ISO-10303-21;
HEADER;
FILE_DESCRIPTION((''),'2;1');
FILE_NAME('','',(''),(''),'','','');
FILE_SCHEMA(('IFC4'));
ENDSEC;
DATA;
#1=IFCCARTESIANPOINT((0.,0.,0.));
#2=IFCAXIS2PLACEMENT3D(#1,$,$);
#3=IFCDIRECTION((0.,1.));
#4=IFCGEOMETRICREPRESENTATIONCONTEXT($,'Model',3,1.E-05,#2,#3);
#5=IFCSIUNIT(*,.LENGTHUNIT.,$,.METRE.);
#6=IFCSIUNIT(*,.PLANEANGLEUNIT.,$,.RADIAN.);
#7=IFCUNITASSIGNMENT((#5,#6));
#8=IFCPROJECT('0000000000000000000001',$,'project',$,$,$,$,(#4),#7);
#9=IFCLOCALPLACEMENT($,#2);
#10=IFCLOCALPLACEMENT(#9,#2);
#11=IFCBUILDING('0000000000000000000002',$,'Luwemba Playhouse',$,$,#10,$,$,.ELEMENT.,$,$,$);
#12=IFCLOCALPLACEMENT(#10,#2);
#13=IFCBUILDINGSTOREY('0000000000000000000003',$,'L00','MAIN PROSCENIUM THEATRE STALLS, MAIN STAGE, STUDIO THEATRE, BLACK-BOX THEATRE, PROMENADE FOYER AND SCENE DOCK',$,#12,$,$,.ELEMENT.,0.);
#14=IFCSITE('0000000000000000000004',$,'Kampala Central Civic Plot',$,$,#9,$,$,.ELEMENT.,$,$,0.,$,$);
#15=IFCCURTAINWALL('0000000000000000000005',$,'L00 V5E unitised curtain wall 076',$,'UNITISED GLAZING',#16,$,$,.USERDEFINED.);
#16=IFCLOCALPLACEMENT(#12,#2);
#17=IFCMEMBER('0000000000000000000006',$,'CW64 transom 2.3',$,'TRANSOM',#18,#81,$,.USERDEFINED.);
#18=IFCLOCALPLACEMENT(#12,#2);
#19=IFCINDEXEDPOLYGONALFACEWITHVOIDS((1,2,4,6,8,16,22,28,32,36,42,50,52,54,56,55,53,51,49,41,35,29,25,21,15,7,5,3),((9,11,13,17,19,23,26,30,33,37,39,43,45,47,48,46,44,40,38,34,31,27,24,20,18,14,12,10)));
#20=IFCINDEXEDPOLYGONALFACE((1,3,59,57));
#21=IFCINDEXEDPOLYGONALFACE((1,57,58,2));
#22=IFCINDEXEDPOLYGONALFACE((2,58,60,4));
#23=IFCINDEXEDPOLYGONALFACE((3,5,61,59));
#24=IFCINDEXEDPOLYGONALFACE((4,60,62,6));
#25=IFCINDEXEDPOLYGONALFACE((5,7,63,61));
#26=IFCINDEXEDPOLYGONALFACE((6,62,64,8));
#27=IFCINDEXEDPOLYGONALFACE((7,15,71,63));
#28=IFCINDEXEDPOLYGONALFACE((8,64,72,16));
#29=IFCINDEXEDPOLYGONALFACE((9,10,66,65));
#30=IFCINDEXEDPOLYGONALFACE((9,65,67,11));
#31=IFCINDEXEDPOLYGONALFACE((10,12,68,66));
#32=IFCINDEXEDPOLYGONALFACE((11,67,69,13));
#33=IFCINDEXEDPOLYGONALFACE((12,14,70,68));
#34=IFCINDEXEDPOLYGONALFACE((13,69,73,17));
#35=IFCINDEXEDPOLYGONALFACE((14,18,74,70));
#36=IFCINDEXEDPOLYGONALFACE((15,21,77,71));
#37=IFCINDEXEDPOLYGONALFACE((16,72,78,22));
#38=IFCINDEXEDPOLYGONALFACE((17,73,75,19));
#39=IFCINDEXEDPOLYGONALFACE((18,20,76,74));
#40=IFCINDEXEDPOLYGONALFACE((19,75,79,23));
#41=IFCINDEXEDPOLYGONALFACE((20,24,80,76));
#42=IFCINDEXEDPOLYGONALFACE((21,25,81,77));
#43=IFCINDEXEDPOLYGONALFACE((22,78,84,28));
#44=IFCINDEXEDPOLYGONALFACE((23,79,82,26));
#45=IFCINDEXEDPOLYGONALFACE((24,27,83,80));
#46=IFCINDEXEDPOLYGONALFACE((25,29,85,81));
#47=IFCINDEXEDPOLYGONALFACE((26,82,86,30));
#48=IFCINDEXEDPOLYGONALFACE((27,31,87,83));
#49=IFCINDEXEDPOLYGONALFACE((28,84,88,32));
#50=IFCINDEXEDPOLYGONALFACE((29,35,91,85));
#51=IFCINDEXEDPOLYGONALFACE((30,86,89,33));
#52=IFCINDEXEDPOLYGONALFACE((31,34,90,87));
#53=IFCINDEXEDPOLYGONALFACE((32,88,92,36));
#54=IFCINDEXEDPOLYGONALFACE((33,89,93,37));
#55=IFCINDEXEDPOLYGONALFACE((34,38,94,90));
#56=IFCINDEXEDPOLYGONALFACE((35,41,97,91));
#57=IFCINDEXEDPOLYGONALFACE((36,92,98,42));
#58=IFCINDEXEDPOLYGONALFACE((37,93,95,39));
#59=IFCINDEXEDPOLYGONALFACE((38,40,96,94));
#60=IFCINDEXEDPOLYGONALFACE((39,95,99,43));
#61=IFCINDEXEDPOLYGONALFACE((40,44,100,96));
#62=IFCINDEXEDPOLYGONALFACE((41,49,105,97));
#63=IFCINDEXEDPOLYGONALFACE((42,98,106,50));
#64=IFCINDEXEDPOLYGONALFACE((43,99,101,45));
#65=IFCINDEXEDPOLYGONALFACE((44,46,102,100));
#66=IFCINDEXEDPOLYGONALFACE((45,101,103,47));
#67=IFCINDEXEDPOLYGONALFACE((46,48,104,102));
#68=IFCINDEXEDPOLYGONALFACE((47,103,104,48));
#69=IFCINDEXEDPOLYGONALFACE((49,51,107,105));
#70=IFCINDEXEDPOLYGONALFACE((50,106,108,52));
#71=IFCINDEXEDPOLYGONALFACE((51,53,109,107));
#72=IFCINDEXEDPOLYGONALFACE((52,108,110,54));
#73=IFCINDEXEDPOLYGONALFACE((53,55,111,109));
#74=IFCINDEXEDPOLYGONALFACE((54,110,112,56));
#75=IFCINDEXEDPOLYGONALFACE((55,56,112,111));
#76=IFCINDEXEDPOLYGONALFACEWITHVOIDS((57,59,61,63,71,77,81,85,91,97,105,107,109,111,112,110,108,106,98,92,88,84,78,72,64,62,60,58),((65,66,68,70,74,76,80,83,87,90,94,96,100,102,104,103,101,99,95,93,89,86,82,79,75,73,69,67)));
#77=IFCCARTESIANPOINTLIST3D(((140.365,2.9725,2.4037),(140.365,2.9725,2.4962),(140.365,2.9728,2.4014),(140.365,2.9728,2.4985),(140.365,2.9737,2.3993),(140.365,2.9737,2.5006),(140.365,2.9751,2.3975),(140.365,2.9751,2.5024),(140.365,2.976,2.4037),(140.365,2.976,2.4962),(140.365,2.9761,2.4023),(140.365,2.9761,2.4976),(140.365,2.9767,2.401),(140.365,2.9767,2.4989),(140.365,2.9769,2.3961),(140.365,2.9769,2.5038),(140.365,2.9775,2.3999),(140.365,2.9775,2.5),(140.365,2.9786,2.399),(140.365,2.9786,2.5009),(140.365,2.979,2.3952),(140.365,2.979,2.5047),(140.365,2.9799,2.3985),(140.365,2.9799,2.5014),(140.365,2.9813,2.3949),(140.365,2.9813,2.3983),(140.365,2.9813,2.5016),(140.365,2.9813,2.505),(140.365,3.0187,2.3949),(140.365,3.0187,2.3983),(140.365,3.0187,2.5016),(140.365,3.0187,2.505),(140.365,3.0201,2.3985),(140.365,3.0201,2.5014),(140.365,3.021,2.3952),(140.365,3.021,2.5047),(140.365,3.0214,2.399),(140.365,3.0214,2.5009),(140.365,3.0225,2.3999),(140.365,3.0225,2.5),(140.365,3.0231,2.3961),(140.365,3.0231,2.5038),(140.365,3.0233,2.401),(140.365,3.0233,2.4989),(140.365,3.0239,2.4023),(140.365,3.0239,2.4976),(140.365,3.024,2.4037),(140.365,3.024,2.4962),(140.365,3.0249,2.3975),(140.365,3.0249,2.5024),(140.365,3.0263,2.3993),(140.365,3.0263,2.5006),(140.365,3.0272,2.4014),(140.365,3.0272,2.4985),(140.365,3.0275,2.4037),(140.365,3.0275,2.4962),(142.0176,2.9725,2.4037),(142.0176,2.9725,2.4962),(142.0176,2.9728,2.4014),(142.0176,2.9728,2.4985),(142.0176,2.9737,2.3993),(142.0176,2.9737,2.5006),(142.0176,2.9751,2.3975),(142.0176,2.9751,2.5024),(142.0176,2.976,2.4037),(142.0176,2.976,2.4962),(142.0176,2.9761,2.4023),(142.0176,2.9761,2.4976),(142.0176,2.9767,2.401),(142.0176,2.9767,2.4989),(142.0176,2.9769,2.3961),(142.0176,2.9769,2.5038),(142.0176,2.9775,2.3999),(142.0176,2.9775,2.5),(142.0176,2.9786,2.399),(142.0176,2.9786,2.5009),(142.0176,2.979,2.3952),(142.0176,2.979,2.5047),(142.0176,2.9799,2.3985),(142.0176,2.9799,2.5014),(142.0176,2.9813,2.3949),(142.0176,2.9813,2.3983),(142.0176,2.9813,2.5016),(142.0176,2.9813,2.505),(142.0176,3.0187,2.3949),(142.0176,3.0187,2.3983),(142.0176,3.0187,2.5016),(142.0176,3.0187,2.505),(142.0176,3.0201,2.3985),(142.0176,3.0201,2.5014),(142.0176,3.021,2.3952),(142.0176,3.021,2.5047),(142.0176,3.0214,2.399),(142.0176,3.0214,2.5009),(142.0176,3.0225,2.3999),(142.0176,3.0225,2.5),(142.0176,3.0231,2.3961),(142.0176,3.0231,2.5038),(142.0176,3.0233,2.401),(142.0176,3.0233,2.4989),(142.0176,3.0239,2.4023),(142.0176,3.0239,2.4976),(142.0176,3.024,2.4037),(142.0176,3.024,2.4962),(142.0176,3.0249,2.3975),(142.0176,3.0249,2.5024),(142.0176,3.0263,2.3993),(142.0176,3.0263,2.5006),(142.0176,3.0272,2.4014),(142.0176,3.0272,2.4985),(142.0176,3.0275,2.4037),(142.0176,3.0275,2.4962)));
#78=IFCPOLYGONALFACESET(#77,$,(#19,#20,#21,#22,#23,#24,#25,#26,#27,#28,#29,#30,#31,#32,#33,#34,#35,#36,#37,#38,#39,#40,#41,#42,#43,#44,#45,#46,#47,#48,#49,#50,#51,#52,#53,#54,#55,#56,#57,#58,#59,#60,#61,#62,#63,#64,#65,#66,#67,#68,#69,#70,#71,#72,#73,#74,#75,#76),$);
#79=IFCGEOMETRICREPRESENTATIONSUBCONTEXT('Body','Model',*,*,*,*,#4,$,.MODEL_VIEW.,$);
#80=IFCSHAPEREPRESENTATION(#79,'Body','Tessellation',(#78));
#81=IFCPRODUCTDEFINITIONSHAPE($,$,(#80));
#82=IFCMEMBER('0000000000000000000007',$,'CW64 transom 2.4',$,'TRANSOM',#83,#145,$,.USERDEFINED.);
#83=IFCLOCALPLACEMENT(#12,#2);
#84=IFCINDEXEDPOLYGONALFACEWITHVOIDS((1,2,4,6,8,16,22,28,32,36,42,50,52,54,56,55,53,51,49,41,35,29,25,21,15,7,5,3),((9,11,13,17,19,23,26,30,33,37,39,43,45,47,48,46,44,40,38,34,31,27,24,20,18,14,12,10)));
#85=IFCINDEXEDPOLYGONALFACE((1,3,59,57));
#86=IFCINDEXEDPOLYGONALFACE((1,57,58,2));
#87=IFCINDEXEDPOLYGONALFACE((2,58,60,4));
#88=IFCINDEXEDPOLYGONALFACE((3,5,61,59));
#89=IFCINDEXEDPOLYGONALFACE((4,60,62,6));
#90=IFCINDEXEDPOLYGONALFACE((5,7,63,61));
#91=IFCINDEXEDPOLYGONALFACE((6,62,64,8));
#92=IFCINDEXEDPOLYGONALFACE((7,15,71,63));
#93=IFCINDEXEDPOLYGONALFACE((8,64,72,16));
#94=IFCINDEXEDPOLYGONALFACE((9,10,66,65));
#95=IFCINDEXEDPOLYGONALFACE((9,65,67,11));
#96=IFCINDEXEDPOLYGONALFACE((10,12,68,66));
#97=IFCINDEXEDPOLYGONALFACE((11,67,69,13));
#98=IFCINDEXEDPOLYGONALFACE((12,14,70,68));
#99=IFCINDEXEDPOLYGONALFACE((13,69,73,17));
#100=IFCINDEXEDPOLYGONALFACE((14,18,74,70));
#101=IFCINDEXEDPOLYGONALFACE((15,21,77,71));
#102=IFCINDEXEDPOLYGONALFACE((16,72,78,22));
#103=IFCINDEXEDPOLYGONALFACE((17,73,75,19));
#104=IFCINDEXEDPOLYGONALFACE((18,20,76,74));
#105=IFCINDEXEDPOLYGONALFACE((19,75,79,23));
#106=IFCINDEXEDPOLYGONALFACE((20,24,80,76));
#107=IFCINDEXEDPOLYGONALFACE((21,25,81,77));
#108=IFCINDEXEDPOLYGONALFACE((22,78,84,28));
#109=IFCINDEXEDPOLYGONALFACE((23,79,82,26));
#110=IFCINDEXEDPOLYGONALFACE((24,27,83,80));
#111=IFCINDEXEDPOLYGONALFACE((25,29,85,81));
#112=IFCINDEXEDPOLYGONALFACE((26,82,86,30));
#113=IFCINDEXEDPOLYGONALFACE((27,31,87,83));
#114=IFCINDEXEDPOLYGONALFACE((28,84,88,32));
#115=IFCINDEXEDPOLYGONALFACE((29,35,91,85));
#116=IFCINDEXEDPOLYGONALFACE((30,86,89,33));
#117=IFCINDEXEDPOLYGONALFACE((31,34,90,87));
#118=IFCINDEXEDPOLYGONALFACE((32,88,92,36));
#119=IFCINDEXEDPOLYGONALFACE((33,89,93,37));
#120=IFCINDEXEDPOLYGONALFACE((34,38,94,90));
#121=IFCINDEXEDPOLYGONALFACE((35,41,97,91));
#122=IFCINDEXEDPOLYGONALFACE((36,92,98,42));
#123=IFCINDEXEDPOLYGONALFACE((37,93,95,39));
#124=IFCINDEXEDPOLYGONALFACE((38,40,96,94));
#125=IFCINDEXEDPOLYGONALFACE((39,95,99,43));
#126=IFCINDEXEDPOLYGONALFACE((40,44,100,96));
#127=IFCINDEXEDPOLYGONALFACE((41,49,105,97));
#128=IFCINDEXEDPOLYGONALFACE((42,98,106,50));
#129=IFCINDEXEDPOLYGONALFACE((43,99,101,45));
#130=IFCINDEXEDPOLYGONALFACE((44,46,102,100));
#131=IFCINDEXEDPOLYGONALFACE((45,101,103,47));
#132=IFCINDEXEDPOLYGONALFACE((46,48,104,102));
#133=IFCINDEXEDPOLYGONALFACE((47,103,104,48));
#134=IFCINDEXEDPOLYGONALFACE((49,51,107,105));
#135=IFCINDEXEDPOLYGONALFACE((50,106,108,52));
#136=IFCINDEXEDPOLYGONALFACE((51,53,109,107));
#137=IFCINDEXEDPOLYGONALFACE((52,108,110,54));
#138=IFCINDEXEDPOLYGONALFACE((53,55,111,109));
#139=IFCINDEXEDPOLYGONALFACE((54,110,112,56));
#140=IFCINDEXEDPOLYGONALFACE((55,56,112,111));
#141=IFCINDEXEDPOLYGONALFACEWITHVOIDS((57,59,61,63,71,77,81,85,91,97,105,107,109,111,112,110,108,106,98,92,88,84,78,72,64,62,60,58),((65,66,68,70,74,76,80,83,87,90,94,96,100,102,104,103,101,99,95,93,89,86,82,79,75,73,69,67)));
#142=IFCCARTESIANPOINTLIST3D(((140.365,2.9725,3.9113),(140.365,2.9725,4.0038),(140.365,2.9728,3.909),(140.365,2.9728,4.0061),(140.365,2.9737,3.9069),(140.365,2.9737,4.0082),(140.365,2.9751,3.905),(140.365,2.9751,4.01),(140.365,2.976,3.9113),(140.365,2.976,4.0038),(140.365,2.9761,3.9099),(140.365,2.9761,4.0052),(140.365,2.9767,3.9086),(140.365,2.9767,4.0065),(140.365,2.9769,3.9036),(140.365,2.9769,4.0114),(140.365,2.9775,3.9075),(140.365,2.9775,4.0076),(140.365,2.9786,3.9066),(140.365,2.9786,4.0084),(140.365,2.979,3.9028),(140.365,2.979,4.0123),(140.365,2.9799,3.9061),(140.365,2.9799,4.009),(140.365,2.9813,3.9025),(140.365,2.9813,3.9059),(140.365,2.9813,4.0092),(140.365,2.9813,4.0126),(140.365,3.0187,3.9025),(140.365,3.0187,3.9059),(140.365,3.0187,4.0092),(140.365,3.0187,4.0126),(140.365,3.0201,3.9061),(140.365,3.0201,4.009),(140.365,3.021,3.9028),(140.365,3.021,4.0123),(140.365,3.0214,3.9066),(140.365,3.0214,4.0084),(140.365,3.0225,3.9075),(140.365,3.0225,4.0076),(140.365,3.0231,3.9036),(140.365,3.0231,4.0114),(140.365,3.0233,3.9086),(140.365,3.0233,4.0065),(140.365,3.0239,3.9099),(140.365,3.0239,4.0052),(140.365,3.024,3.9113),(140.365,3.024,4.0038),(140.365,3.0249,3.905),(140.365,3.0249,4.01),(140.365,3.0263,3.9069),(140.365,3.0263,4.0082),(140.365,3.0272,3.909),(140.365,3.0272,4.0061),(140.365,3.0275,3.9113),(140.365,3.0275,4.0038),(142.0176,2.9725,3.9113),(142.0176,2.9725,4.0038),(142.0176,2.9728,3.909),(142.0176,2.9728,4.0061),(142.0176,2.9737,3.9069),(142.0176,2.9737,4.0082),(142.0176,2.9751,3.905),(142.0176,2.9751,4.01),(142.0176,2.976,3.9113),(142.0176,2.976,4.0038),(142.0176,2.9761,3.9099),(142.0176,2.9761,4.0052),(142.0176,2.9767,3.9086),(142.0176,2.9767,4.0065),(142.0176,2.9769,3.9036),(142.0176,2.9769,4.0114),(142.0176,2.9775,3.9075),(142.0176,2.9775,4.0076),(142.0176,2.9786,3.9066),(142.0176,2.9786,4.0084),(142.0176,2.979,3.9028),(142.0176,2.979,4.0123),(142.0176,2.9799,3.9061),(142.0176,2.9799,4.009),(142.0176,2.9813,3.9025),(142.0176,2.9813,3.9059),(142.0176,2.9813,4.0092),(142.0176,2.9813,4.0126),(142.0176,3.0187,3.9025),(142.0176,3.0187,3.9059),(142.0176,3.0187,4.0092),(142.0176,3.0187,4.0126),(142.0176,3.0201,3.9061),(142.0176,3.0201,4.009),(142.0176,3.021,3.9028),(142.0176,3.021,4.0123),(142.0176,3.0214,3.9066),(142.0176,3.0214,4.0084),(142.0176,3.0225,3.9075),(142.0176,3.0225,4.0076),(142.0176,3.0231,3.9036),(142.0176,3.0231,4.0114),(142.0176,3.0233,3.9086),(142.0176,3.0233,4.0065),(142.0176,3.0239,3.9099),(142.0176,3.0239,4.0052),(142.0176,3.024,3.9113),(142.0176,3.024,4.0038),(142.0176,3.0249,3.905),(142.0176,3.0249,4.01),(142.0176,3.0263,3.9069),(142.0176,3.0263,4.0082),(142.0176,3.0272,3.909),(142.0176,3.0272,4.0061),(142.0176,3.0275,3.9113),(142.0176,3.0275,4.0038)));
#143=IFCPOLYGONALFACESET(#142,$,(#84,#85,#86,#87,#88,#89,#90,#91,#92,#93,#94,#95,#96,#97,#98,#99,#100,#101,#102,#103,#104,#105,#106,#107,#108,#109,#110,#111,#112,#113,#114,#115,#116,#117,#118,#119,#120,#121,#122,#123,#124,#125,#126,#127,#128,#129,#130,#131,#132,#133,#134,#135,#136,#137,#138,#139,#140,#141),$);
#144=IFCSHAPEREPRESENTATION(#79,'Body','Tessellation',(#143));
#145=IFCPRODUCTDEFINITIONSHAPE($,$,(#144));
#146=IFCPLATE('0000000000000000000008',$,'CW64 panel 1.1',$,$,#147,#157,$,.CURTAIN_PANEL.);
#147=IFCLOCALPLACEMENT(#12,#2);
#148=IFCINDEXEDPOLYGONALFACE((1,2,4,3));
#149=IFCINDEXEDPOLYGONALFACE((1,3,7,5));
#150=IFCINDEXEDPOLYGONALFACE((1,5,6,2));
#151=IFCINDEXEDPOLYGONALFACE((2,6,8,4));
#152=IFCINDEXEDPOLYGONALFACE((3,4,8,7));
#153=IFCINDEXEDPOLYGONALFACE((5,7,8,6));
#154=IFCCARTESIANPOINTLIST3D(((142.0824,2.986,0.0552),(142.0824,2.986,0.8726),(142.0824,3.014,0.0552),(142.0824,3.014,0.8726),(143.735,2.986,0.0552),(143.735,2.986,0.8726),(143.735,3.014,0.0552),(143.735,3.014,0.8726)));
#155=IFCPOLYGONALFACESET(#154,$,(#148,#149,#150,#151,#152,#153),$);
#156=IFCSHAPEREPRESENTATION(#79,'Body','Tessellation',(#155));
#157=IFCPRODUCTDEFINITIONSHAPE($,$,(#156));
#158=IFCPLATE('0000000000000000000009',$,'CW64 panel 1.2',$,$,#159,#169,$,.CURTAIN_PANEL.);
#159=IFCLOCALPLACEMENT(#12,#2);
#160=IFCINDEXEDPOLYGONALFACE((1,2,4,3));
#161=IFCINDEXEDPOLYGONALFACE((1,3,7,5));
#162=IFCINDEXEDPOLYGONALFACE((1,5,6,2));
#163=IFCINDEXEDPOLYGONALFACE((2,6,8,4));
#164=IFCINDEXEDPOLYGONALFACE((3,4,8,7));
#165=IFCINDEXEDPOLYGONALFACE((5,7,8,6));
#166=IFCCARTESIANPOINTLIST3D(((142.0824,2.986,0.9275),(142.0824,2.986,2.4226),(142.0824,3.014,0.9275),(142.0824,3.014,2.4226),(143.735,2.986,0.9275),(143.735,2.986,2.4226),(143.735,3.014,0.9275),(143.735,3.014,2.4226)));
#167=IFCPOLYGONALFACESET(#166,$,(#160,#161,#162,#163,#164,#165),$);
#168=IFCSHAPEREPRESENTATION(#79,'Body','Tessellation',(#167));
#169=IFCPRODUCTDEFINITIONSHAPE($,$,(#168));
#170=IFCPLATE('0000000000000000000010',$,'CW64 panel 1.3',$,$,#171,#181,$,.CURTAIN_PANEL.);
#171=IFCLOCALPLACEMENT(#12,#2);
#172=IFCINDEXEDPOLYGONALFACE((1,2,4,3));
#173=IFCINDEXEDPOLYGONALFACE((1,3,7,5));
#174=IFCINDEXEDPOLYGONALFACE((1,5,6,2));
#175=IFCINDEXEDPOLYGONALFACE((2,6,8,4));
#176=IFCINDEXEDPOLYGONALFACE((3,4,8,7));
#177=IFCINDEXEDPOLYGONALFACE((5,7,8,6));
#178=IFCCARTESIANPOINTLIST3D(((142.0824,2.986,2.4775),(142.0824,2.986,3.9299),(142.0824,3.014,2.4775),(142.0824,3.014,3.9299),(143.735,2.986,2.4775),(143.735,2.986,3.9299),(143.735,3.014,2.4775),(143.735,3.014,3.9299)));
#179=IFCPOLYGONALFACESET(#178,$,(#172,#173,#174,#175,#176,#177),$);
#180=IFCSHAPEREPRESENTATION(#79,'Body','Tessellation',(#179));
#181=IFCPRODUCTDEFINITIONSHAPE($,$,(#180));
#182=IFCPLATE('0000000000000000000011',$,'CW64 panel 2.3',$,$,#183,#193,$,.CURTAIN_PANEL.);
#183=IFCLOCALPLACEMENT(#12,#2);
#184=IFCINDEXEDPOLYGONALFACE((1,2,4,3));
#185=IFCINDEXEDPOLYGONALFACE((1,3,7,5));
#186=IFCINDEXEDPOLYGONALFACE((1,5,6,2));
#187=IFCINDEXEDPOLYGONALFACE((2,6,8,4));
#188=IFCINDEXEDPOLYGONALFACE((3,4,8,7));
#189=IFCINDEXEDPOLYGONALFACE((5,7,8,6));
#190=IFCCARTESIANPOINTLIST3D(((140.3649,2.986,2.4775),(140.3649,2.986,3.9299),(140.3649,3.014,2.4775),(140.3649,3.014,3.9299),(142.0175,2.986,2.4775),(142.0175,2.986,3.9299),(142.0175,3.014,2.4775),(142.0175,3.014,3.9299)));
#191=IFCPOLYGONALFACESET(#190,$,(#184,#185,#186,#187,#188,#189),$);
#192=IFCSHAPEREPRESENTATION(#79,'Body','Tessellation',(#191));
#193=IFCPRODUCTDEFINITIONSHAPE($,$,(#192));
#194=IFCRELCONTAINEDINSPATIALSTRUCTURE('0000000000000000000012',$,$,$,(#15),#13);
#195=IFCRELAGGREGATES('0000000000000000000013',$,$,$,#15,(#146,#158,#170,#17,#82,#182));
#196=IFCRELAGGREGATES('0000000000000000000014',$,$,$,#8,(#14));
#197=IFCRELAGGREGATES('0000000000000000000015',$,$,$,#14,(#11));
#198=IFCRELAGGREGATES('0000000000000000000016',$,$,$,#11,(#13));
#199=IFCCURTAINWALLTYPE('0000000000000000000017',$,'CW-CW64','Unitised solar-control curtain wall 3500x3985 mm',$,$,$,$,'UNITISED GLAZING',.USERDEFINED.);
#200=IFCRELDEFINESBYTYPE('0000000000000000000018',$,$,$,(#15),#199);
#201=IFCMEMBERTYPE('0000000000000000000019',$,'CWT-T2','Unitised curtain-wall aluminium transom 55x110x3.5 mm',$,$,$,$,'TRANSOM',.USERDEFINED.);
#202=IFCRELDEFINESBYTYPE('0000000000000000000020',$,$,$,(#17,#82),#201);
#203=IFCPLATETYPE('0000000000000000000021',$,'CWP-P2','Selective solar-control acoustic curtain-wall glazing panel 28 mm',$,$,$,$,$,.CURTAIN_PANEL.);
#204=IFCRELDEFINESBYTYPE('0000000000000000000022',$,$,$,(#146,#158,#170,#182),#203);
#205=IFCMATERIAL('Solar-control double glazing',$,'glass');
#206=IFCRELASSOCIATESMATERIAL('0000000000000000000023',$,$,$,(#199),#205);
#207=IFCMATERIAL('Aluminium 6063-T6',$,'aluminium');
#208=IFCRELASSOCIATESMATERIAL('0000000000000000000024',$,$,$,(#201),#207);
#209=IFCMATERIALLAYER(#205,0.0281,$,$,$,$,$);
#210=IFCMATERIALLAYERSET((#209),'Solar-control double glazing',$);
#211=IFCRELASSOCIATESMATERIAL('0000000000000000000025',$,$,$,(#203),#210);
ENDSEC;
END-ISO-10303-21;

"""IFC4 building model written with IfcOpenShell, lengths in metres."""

from ifc_helpers import new_model, si_unit, direction, frame, origin, origin_2d, place, context, subcontext, project, spatial, rectangle, hollow_rectangle, extrude, material, layer, layer_set, material_profile, profile_set, type_object, element, aggregate, save


model = new_model("IFC4")

# Units and contexts
model_context = context("Model", 3, precision=1e-05, world=origin(), true_north=direction((0.0, 1.0)))
body_context = subcontext(model_context, "Body", "Model", "MODEL_VIEW")
ifc_project = project(units=[si_unit("LENGTHUNIT", "METRE"), si_unit("PLANEANGLEUNIT", "RADIAN")], contexts=[model_context])

# Site, building, storey
site_placement = place(None, origin())
site = spatial("IfcSite", under=ifc_project, at=site_placement, Name="Kampala Central Civic Plot", CompositionType="ELEMENT", RefElevation=0.0)
building_placement = place(site_placement, origin())
building = spatial("IfcBuilding", under=site, at=building_placement, Name="Luwemba Playhouse", CompositionType="ELEMENT")
storey_placement = place(building_placement, origin())
storey = spatial("IfcBuildingStorey", under=building, at=storey_placement, Name="L00", Description="MAIN PROSCENIUM THEATRE STALLS, MAIN STAGE, STUDIO THEATRE, BLACK-BOX THEATRE, PROMENADE FOYER AND SCENE DOCK", CompositionType="ELEMENT", Elevation=0.0)

# Curtain wall, members, plates
ifc_material_1 = material(Name="Solar-control double glazing", Category="glass")
curtain_wall_type = type_object("IfcCurtainWallType", Name="CW-CW64", Description="Unitised solar-control curtain wall 3500x3985 mm", ElementType="UNITISED GLAZING", PredefinedType="USERDEFINED", material=ifc_material_1)
curtain_wall_placement = place(storey_placement, origin())
curtain_wall = element("IfcCurtainWall", 1, at=curtain_wall_placement, inside=storey, type_object=curtain_wall_type, Name="L00 V5E unitised curtain wall 076", ObjectType="UNITISED GLAZING", PredefinedType="USERDEFINED")
ifc_material_2 = material(Name="Aluminium 6063-T6", Category="aluminium")
ifc_material_profile_1 = material_profile(ifc_material_2, hollow_rectangle(XDim=0.0549, YDim=0.1101, WallThickness=0.0034, InnerFilletRadius=0.0054, OuterFilletRadius=0.0088, at=origin_2d()))
ifc_profile_set_1 = profile_set([ifc_material_profile_1], Name="Aluminium 6063-T6")
member_type_1 = type_object("IfcMemberType", Name="CWT-T2", Description="Unitised curtain-wall aluminium transom 55x110x3.5 mm", ElementType="TRANSOM", PredefinedType="USERDEFINED", material=ifc_profile_set_1)
member_1_placement = place(storey_placement, frame((142.0176, 3.0, 2.45), z_axis=(-1.0, 0.0, 0.0), x_axis=(0.0, -1.0, 0.0)))
member_1 = element("IfcMember", 2, at=member_1_placement, type_object=member_type_1, Name="CW64 transom 2.3", ObjectType="TRANSOM", PredefinedType="USERDEFINED", context=body_context, shape_type="SweptSolid", body=[
    extrude(hollow_rectangle(XDim=0.0549, YDim=0.1101, WallThickness=0.0034, InnerFilletRadius=0.0054, OuterFilletRadius=0.0088, at=origin_2d()), origin(), (0.0, 0.0, 1.0), 1.6526),
])
member_2_placement = place(storey_placement, frame((142.0176, 3.0, 3.9575), z_axis=(-1.0, 0.0, 0.0), x_axis=(0.0, -1.0, 0.0)))
member_2 = element("IfcMember", 3, at=member_2_placement, type_object=member_type_1, Name="CW64 transom 2.4", ObjectType="TRANSOM", PredefinedType="USERDEFINED", context=body_context, shape_type="SweptSolid", body=[
    extrude(hollow_rectangle(XDim=0.0549, YDim=0.1101, WallThickness=0.0034, InnerFilletRadius=0.0054, OuterFilletRadius=0.0088, at=origin_2d()), origin(), (0.0, 0.0, 1.0), 1.6526),
])
ifc_layer_1 = layer(ifc_material_1, 0.0281)
ifc_layer_set_1 = layer_set([ifc_layer_1], Name="Solar-control double glazing")
plate_type = type_object("IfcPlateType", Name="CWP-P2", Description="Selective solar-control acoustic curtain-wall glazing panel 28 mm", PredefinedType="CURTAIN_PANEL", material=ifc_layer_set_1)
plate_1_placement = place(storey_placement, frame((142.9087, 3.0, 0.0552), z_axis=(0.0, 0.0, 1.0), x_axis=(-1.0, 0.0, 0.0)))
plate_1 = element("IfcPlate", 4, at=plate_1_placement, type_object=plate_type, Name="CW64 panel 1.1", PredefinedType="CURTAIN_PANEL", context=body_context, shape_type="SweptSolid", body=[
    extrude(rectangle(XDim=1.6526, YDim=0.0281, at=origin_2d()), origin(), (0.0, 0.0, 1.0), 0.8174),
])
plate_2_placement = place(storey_placement, frame((142.9087, 3.0, 0.9275), z_axis=(0.0, 0.0, 1.0), x_axis=(-1.0, 0.0, 0.0)))
plate_2 = element("IfcPlate", 5, at=plate_2_placement, type_object=plate_type, Name="CW64 panel 1.2", PredefinedType="CURTAIN_PANEL", context=body_context, shape_type="SweptSolid", body=[
    extrude(rectangle(XDim=1.6526, YDim=0.0281, at=origin_2d()), origin(), (0.0, 0.0, 1.0), 1.4951),
])
plate_3_placement = place(storey_placement, frame((142.9087, 3.0, 2.4775), z_axis=(0.0, 0.0, 1.0), x_axis=(-1.0, 0.0, 0.0)))
plate_3 = element("IfcPlate", 6, at=plate_3_placement, type_object=plate_type, Name="CW64 panel 1.3", PredefinedType="CURTAIN_PANEL", context=body_context, shape_type="SweptSolid", body=[
    extrude(rectangle(XDim=1.6526, YDim=0.0281, at=origin_2d()), origin(), (0.0, 0.0, 1.0), 1.4524),
])
plate_4_placement = place(storey_placement, frame((141.1912, 3.0, 2.4775), z_axis=(0.0, 0.0, 1.0), x_axis=(-1.0, 0.0, 0.0)))
plate_4 = element("IfcPlate", 7, at=plate_4_placement, type_object=plate_type, Name="CW64 panel 2.3", PredefinedType="CURTAIN_PANEL", context=body_context, shape_type="SweptSolid", body=[
    extrude(rectangle(XDim=1.6526, YDim=0.0281, at=origin_2d()), origin(), (0.0, 0.0, 1.0), 1.4524),
])
aggregate(curtain_wall, [plate_1, plate_2, plate_3, member_1, member_2, plate_4])

save(model, "model.ifc")
